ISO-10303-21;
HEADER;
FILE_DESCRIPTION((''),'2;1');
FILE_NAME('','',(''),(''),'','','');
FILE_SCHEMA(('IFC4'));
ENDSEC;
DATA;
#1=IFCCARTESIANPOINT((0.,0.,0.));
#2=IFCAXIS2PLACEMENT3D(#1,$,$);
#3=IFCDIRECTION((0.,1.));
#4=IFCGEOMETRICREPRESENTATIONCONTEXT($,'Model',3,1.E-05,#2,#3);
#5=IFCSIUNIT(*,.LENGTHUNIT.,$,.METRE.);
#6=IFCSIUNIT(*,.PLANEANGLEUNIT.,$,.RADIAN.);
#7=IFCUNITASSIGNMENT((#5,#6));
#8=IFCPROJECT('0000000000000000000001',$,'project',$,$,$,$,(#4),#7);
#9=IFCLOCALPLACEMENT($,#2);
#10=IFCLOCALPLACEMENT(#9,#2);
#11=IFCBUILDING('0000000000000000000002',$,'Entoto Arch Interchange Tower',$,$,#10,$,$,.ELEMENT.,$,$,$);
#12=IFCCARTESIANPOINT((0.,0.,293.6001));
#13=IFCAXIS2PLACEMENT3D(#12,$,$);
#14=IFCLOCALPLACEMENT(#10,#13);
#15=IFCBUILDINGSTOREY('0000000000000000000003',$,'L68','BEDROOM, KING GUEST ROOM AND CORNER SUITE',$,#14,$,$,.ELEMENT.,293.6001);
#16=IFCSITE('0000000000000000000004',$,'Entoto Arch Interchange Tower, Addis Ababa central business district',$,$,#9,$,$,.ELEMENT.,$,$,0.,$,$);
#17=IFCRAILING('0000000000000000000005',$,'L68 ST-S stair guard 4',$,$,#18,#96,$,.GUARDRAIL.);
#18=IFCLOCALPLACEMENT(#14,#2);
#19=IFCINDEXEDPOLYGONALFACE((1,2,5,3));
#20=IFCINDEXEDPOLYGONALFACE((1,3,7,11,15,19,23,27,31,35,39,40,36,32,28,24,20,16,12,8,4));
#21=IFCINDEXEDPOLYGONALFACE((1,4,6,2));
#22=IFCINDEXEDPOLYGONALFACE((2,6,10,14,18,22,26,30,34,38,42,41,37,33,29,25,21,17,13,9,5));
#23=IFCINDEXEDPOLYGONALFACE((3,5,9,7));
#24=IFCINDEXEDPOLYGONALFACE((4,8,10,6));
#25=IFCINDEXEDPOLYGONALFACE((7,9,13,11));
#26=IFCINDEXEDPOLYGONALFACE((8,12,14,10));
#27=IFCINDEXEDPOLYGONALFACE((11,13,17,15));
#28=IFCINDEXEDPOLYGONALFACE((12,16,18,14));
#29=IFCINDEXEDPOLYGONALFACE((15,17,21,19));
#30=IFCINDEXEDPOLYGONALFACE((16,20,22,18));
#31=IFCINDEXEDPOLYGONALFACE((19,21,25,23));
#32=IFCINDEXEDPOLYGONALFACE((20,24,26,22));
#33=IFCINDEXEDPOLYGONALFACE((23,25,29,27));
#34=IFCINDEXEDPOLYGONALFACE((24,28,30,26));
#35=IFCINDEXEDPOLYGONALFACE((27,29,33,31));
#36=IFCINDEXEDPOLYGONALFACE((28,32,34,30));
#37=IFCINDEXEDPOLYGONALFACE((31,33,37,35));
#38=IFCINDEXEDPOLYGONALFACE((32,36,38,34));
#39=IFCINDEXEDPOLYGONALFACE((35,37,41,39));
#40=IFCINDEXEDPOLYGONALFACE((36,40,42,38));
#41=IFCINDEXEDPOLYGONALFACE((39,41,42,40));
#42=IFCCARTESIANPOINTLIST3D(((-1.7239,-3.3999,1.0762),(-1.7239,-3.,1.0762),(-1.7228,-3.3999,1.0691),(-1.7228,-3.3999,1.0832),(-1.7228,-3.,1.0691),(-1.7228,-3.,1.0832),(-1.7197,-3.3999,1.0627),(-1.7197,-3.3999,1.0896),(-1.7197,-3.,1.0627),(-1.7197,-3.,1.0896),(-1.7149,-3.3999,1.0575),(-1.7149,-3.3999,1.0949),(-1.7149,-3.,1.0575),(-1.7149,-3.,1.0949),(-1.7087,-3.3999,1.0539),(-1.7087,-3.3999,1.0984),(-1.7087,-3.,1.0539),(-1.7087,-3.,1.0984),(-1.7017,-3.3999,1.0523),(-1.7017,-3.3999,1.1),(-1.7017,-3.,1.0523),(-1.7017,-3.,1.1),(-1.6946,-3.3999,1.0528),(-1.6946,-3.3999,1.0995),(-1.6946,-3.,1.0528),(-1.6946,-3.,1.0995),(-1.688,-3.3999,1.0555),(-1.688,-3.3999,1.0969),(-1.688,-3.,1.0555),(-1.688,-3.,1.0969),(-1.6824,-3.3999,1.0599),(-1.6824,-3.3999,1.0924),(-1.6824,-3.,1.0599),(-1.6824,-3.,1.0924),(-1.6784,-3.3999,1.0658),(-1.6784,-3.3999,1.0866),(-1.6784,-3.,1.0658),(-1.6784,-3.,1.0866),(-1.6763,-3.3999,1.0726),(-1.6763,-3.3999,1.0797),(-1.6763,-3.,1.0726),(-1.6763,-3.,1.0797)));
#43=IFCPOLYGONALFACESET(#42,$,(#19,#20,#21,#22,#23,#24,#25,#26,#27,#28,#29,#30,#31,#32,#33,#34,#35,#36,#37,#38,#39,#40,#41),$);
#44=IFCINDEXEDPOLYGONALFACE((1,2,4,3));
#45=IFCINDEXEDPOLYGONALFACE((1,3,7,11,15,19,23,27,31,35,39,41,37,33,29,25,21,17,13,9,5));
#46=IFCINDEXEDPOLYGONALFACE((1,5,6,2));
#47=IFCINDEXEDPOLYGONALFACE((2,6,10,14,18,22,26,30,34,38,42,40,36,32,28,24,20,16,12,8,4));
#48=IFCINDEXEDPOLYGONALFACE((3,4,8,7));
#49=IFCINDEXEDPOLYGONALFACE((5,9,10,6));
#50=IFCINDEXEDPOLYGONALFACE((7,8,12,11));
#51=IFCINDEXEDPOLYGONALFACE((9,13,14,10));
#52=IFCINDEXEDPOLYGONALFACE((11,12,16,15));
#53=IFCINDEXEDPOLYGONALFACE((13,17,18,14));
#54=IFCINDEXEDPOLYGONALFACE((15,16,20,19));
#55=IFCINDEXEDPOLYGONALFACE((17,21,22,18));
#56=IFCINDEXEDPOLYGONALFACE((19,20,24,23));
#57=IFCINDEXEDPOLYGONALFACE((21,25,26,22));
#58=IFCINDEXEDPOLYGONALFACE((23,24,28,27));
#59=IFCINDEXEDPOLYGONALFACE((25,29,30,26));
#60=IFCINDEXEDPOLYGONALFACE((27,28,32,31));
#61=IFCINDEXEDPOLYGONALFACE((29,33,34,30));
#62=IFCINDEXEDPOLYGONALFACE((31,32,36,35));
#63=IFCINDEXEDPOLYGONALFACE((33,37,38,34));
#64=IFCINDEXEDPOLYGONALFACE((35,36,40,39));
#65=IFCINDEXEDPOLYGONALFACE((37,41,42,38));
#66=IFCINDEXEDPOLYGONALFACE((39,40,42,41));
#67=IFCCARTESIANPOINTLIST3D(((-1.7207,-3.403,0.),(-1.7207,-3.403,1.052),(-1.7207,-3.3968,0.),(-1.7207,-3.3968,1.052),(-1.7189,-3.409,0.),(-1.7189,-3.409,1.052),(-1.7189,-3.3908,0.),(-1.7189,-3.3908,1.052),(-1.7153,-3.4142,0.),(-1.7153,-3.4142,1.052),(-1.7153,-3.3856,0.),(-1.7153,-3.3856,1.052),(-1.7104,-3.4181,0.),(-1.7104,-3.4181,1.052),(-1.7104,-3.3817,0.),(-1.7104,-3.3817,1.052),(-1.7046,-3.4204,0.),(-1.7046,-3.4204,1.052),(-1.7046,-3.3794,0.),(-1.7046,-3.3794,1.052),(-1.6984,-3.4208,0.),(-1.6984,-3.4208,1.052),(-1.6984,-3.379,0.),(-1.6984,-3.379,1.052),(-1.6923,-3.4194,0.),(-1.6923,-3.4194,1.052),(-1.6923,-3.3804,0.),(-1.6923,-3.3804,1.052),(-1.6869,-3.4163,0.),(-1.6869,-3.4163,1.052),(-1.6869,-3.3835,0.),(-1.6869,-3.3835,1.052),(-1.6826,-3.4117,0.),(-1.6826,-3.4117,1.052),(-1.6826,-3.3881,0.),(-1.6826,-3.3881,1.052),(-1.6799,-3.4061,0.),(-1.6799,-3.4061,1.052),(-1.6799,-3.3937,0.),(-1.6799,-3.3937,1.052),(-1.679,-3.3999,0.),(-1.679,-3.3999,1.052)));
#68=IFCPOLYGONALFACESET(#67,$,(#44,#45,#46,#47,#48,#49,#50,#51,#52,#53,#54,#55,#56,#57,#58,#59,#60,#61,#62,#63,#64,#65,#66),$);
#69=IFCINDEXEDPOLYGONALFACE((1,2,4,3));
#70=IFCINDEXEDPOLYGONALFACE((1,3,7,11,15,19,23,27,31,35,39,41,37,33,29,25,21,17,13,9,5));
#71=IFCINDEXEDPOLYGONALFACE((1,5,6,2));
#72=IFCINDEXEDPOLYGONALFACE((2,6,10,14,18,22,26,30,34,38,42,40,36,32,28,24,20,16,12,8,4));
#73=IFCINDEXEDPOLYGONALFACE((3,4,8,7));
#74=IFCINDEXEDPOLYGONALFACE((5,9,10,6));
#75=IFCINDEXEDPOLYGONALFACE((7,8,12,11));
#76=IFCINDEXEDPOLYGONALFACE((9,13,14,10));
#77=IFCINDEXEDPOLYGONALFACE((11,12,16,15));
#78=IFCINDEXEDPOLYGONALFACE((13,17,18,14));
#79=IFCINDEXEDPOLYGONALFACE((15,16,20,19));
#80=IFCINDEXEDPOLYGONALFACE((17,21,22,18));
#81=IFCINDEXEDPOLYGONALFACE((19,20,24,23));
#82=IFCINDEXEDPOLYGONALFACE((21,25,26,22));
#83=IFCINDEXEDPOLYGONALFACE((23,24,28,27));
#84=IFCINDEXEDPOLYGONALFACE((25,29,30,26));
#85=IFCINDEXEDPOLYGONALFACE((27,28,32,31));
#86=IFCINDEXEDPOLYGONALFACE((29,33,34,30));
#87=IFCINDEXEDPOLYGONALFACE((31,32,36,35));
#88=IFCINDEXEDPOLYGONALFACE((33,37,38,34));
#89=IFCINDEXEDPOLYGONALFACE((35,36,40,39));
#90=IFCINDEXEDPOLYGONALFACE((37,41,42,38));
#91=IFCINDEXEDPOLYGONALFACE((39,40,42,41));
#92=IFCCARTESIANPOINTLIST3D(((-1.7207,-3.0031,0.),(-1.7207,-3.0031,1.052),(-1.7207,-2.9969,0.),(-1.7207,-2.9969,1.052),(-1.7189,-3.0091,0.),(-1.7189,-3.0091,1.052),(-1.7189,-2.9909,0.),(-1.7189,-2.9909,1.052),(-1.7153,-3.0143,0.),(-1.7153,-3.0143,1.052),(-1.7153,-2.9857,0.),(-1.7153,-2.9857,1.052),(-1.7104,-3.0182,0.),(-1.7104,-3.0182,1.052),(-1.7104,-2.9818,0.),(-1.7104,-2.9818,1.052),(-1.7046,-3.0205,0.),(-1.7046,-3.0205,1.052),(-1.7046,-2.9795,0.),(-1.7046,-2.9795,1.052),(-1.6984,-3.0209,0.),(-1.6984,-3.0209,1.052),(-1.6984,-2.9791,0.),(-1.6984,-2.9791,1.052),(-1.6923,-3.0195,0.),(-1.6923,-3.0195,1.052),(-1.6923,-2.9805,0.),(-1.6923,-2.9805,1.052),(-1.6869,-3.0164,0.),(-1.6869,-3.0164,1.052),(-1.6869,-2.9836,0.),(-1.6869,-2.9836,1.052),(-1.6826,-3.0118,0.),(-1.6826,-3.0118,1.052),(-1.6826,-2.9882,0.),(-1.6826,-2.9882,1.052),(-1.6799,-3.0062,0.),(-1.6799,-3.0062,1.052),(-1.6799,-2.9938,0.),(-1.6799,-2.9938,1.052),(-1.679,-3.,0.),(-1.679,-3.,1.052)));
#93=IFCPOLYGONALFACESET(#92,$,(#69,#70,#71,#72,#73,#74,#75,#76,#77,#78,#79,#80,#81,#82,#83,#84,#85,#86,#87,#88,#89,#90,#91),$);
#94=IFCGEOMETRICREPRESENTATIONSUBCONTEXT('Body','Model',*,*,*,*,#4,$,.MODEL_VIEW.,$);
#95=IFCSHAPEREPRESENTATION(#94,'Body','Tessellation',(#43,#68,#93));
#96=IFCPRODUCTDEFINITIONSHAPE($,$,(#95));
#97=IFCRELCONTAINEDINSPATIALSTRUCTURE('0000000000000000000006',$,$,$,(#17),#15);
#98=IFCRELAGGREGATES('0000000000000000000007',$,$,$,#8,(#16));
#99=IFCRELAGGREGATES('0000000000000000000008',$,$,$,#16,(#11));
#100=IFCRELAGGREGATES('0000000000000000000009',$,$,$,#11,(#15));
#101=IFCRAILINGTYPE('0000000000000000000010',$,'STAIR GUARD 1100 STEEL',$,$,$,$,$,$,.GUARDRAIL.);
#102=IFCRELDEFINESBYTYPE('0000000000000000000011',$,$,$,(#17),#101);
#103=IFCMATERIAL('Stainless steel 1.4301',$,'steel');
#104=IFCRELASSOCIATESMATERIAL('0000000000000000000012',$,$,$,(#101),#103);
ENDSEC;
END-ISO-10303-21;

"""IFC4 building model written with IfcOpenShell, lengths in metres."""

from ifc_helpers import new_model, si_unit, direction, frame, origin, origin_2d, place, context, subcontext, project, spatial, circle, extrude, material, type_object, element, save


model = new_model("IFC4")

# Units and contexts
model_context = context("Model", 3, precision=1e-05, world=origin(), true_north=direction((0.0, 1.0)))
body_context = subcontext(model_context, "Body", "Model", "MODEL_VIEW")
ifc_project = project(units=[si_unit("LENGTHUNIT", "METRE"), si_unit("PLANEANGLEUNIT", "RADIAN")], contexts=[model_context])

# Site, building, storey
site_placement = place(None, origin())
site = spatial("IfcSite", under=ifc_project, at=site_placement, Name="Entoto Arch Interchange Tower, Addis Ababa central business district", CompositionType="ELEMENT", RefElevation=0.0)
building_placement = place(site_placement, origin())
building = spatial("IfcBuilding", under=site, at=building_placement, Name="Entoto Arch Interchange Tower", CompositionType="ELEMENT")
storey_placement = place(building_placement, frame((0.0, 0.0, 293.6001)))
storey = spatial("IfcBuildingStorey", under=building, at=storey_placement, Name="L68", Description="BEDROOM, KING GUEST ROOM AND CORNER SUITE", CompositionType="ELEMENT", Elevation=293.6001)

# Railing
ifc_material_1 = material(Name="Stainless steel 1.4301", Category="steel")
railing_type_1 = type_object("IfcRailingType", Name="STAIR GUARD 1100 STEEL", PredefinedType="GUARDRAIL", material=ifc_material_1)
railing_1_placement = place(storey_placement, frame((-1.7, -3.3999, 0.0)))
element("IfcRailing", 1, at=railing_1_placement, inside=storey, type_object=railing_type_1, Name="L68 ST-S stair guard 4", PredefinedType="GUARDRAIL", context=body_context, shape_type="SweptSolid", body=[
    extrude(circle(Radius=0.0239, at=origin_2d()), frame((0.0, 0.0, 1.0762), z_axis=(0.0, 1.0, 0.0), x_axis=(-1.0, 0.0, 0.0)), (0.0, 0.0, 1.0), 0.3999),
    extrude(circle(Radius=0.021, at=origin_2d()), origin(), (0.0, 0.0, 1.0), 1.052),
    extrude(circle(Radius=0.021, at=origin_2d()), frame((0.0, 0.3999, 0.0)), (0.0, 0.0, 1.0), 1.052),
])

save(model, "model.ifc")
